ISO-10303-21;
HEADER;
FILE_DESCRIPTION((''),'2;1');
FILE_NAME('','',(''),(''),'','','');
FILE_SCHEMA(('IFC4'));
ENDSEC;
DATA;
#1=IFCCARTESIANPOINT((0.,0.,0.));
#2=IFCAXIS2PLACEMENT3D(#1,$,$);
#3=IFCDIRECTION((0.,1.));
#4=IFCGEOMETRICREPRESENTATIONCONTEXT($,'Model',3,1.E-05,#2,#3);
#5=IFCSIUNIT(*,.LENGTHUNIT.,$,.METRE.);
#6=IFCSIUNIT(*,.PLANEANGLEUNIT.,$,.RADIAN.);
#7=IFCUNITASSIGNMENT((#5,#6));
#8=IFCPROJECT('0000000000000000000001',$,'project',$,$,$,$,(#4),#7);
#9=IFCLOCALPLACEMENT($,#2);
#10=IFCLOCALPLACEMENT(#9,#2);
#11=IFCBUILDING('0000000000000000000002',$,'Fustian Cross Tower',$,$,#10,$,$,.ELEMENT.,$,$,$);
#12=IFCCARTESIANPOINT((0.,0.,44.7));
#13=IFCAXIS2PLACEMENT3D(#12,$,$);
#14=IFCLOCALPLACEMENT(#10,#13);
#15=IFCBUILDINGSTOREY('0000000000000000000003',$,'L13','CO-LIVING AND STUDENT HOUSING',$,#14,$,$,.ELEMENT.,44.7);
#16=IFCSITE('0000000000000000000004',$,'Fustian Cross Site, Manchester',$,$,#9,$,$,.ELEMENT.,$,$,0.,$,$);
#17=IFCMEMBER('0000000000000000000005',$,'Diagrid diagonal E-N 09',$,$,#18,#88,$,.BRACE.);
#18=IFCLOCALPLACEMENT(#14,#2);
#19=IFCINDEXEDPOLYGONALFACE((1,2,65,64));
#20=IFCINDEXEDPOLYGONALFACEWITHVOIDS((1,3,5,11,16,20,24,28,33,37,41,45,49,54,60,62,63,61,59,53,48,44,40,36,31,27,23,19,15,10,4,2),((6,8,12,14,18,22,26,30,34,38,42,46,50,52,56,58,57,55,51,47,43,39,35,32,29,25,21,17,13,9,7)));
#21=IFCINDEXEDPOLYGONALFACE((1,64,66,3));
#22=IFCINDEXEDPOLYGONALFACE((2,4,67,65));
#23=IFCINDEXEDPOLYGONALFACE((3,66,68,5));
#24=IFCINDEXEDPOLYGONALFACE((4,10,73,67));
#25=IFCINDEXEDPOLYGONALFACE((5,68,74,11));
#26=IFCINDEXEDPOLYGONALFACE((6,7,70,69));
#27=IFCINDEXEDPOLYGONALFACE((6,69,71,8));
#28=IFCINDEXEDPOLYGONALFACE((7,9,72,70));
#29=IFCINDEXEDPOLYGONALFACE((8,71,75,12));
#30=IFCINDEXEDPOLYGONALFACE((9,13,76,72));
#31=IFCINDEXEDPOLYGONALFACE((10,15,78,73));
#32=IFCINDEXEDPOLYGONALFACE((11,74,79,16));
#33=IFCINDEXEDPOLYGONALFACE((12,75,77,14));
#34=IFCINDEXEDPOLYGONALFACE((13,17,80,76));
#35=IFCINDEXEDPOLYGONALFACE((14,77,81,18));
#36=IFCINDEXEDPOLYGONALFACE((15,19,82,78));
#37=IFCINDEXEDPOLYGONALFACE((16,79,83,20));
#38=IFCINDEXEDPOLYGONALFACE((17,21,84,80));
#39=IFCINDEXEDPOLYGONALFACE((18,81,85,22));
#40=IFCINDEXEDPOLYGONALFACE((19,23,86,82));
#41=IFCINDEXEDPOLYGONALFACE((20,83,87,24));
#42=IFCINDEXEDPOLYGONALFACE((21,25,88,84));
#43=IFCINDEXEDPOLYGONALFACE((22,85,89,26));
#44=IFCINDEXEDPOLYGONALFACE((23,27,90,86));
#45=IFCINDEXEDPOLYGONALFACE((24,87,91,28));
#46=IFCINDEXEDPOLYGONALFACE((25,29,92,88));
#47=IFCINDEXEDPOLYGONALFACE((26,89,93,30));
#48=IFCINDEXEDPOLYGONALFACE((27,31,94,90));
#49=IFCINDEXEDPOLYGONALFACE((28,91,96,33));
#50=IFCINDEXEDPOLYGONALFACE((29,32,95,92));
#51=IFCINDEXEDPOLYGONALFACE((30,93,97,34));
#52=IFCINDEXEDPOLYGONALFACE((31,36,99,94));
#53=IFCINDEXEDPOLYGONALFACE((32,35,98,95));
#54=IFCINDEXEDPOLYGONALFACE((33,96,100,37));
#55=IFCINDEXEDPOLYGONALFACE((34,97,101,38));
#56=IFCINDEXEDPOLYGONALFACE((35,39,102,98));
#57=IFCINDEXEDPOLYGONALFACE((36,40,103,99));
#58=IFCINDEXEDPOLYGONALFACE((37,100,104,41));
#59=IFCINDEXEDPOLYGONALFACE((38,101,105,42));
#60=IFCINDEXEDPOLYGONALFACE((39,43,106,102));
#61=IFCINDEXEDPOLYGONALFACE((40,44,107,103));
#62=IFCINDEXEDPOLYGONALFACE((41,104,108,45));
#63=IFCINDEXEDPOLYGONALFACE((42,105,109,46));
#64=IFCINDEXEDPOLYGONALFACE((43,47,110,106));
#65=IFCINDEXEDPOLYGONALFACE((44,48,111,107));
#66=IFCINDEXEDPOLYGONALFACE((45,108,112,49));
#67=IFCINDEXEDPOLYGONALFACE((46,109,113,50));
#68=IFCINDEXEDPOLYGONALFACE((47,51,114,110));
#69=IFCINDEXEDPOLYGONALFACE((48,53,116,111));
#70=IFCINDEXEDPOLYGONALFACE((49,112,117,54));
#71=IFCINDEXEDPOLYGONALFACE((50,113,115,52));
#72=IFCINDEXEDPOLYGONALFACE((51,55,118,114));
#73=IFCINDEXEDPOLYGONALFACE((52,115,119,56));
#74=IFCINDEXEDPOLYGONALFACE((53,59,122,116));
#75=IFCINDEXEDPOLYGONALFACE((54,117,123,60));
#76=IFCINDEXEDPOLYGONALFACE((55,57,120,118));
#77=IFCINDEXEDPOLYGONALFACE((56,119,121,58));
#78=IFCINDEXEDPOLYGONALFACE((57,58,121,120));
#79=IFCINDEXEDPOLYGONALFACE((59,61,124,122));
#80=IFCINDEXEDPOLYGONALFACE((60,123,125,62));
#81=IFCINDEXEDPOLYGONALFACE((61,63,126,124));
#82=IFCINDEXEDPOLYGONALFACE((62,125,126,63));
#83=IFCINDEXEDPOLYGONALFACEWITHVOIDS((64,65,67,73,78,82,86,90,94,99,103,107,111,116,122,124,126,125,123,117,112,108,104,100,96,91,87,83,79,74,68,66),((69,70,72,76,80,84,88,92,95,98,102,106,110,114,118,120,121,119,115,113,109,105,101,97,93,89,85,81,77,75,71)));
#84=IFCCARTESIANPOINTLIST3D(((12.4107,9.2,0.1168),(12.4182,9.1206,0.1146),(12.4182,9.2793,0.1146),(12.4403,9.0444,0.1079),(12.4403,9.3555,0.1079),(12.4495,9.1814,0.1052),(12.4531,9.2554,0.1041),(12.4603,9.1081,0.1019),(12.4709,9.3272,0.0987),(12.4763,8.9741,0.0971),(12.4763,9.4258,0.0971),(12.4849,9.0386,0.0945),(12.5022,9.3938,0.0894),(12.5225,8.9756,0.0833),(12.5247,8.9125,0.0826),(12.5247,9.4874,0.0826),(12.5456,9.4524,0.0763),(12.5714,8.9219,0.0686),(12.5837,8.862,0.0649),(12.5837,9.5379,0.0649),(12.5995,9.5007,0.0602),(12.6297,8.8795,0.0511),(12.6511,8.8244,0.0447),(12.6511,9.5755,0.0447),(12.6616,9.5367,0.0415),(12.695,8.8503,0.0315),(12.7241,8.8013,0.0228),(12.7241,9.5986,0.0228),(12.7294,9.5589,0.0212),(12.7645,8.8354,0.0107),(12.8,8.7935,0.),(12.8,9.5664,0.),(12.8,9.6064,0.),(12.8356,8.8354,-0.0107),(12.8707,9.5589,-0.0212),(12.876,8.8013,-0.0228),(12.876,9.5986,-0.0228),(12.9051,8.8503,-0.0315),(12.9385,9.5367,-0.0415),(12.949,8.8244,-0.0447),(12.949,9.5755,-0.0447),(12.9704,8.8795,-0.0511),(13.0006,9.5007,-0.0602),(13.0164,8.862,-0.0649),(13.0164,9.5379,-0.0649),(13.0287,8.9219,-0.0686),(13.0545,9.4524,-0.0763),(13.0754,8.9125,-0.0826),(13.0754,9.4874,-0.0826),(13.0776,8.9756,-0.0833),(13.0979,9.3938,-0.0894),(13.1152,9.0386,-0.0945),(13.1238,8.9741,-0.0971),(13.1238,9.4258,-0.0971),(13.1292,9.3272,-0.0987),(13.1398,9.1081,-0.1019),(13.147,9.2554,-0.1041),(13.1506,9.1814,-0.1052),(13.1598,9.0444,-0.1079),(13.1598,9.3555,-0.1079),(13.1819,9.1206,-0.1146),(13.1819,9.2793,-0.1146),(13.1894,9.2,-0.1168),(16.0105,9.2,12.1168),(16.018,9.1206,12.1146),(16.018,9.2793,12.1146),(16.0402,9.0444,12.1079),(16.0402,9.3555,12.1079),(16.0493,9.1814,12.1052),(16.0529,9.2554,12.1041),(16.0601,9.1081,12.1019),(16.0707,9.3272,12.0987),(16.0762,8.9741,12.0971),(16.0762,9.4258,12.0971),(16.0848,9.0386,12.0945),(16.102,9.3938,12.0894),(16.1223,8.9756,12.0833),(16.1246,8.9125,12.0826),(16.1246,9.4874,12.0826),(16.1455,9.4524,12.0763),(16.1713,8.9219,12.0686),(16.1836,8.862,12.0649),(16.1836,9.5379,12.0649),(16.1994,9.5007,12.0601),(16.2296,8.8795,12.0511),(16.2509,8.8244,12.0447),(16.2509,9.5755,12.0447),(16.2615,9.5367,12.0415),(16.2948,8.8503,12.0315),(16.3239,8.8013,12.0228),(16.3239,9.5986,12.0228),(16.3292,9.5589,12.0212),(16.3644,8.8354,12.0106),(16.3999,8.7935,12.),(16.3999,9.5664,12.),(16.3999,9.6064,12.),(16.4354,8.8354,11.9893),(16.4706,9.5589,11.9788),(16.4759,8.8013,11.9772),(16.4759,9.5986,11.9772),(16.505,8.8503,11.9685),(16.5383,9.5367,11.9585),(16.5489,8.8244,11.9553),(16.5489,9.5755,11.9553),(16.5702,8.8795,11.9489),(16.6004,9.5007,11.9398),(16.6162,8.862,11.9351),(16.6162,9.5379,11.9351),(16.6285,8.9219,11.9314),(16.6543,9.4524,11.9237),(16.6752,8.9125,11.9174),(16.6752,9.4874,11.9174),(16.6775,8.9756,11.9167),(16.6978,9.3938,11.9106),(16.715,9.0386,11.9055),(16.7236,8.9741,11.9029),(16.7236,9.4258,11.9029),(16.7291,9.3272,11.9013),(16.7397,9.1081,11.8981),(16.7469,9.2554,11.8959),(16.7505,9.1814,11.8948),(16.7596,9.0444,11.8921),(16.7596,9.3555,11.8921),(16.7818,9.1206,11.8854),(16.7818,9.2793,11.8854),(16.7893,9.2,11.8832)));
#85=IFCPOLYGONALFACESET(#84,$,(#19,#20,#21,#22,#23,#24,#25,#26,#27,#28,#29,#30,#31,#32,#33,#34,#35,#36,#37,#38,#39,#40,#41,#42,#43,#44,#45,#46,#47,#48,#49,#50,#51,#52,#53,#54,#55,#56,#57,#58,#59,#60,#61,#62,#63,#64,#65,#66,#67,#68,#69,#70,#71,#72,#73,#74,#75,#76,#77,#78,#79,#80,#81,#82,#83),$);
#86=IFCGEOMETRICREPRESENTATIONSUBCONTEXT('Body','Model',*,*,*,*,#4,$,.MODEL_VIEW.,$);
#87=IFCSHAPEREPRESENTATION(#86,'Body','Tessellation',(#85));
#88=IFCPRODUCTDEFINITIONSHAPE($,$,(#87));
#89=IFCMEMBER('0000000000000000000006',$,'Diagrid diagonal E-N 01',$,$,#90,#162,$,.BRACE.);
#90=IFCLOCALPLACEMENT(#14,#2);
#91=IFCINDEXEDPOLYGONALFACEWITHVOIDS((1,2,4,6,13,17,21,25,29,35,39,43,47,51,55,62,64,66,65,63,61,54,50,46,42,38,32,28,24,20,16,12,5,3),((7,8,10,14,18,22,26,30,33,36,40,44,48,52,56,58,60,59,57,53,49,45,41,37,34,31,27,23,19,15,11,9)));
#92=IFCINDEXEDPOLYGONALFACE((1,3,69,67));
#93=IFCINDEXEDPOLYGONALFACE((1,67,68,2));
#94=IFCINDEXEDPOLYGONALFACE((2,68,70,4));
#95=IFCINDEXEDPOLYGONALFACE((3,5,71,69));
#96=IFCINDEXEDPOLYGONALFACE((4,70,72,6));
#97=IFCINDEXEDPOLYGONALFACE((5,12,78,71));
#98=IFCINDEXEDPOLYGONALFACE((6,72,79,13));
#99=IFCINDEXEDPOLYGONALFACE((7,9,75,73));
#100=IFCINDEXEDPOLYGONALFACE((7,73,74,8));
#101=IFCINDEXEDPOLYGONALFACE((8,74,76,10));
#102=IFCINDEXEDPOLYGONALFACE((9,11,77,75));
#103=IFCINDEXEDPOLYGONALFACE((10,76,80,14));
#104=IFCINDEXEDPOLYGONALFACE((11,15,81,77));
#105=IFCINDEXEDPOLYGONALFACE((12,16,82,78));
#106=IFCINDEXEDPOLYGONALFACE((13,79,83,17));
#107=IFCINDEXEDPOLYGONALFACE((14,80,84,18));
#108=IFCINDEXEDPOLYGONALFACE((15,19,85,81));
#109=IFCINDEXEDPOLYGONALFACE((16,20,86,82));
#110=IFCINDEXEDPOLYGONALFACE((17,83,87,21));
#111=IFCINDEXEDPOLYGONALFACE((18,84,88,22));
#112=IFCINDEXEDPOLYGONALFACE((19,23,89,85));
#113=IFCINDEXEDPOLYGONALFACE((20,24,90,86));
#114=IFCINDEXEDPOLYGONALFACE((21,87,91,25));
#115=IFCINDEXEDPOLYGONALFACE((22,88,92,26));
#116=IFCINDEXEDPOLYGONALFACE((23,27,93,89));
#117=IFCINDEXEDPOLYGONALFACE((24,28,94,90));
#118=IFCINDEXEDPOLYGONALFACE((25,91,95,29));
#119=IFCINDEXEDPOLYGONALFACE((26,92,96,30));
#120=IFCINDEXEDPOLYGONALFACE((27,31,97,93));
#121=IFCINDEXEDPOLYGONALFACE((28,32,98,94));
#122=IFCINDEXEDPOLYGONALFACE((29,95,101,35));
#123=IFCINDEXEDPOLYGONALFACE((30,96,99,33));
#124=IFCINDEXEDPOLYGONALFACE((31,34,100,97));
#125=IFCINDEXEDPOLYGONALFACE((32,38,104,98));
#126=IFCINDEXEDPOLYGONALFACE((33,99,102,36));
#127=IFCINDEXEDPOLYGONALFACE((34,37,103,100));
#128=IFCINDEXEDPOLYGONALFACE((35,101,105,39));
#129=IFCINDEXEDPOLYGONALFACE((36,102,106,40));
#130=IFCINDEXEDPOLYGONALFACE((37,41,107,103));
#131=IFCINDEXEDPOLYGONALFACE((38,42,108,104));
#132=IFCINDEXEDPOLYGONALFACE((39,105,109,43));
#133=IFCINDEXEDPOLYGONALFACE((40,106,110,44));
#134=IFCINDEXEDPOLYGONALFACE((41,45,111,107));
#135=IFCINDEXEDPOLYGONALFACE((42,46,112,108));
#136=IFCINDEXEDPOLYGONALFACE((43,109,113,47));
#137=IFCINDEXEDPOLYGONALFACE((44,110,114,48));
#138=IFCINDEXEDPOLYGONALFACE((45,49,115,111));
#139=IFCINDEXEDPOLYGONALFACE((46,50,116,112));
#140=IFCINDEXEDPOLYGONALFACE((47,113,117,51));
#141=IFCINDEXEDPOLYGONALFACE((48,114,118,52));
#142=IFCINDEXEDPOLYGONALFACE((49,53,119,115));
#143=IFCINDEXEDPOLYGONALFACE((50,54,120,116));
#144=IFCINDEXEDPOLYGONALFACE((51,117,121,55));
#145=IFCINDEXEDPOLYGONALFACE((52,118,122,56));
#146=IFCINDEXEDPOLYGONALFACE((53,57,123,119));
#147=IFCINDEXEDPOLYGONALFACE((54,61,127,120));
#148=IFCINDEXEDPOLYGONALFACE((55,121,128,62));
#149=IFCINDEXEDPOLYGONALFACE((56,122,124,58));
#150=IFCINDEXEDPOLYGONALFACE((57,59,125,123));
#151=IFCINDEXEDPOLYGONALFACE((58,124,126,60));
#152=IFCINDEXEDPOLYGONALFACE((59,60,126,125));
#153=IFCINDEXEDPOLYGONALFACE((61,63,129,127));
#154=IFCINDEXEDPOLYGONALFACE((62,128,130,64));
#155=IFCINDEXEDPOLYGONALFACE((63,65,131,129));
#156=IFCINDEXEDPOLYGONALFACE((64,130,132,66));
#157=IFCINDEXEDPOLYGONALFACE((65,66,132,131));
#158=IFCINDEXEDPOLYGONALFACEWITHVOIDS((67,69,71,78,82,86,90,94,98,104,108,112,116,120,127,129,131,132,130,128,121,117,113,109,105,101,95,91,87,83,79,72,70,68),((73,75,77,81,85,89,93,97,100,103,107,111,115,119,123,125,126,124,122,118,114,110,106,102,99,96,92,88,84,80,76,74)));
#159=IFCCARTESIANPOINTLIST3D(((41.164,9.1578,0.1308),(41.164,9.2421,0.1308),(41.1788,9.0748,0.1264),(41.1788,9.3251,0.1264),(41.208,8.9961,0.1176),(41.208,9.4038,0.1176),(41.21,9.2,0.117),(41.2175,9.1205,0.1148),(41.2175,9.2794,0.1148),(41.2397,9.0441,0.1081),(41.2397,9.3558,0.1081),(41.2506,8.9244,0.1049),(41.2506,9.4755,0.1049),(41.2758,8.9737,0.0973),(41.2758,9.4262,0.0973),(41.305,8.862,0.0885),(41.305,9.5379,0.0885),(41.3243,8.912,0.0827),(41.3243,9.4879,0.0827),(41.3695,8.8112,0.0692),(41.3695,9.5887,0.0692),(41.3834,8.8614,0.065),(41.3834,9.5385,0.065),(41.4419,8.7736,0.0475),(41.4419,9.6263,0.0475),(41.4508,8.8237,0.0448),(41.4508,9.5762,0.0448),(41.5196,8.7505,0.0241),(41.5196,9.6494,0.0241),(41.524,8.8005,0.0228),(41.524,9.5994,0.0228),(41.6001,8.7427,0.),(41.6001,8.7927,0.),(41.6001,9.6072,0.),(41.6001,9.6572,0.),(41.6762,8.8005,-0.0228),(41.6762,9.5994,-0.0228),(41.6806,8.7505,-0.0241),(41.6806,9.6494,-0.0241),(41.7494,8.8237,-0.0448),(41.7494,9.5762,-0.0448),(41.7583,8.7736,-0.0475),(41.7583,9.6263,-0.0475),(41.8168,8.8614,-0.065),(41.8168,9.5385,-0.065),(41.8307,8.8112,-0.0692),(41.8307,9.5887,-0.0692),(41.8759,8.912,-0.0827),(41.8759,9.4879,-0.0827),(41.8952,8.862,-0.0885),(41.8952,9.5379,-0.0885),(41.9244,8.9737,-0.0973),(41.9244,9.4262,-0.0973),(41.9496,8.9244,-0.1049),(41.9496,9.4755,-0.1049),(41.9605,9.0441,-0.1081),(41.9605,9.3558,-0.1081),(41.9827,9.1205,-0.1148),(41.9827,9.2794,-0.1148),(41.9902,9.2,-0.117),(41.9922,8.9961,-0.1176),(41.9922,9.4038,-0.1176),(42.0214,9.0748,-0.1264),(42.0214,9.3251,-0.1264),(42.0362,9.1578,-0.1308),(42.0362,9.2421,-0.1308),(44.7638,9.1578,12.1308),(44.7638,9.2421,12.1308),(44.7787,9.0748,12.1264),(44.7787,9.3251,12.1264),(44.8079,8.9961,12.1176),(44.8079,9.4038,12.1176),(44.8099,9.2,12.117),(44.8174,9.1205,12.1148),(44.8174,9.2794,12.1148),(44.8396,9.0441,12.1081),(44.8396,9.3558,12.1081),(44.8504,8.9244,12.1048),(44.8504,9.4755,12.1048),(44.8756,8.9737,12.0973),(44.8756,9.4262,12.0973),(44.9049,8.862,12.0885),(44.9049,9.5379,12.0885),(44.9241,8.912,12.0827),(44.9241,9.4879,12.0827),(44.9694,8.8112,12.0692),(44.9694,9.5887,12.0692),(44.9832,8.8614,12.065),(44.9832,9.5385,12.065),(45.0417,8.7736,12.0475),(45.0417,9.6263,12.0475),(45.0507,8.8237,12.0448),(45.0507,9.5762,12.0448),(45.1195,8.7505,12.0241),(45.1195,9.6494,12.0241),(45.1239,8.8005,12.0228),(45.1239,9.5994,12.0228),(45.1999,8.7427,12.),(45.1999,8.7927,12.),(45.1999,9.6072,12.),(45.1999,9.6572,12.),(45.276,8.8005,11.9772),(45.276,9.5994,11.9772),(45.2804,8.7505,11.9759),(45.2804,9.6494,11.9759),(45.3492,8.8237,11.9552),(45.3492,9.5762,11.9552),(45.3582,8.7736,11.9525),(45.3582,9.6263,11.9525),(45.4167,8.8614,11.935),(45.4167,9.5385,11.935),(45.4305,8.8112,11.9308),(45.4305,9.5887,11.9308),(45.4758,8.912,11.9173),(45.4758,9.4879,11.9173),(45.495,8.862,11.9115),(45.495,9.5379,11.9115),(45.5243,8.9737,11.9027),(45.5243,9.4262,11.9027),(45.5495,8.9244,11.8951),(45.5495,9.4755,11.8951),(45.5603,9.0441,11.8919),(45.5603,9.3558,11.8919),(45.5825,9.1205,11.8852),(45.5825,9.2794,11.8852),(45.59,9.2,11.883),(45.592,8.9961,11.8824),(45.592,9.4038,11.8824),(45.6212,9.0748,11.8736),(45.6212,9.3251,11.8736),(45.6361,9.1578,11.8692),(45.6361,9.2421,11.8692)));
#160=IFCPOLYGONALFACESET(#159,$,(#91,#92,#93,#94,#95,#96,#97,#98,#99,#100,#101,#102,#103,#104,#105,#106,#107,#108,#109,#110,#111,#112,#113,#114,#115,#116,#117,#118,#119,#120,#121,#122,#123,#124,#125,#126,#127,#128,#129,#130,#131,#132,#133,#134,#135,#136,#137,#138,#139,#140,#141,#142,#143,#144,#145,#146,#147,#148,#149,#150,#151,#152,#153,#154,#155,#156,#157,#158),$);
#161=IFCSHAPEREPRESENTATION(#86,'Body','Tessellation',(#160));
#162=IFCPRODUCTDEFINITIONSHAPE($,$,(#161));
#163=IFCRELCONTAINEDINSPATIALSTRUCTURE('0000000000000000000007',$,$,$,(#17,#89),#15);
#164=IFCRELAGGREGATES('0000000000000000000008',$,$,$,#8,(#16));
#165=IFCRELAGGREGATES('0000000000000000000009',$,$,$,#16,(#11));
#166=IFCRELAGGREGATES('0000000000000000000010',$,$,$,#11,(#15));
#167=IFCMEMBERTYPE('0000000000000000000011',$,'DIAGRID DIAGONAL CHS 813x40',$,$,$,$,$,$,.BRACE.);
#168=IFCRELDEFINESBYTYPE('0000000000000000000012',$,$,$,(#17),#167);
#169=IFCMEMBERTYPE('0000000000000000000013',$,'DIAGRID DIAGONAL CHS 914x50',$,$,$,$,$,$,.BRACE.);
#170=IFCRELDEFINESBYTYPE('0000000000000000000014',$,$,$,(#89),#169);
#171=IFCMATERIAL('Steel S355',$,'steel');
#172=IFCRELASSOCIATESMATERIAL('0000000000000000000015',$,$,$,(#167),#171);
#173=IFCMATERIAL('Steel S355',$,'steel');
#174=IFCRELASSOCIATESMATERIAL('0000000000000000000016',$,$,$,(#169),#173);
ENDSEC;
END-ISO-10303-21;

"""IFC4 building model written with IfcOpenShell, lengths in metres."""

from ifc_helpers import new_model, si_unit, direction, frame, origin, origin_2d, place, context, subcontext, project, spatial, hollow_circle, extrude, material, material_profile, profile_set, type_object, element, save


model = new_model("IFC4")

# Units and contexts
model_context = context("Model", 3, precision=1e-05, world=origin(), true_north=direction((0.0, 1.0)))
body_context = subcontext(model_context, "Body", "Model", "MODEL_VIEW")
ifc_project = project(units=[si_unit("LENGTHUNIT", "METRE"), si_unit("PLANEANGLEUNIT", "RADIAN")], contexts=[model_context])

# Site, building, storey
site_placement = place(None, origin())
site = spatial("IfcSite", under=ifc_project, at=site_placement, Name="Fustian Cross Site, Manchester", CompositionType="ELEMENT", RefElevation=0.0)
building_placement = place(site_placement, origin())
building = spatial("IfcBuilding", under=site, at=building_placement, Name="Fustian Cross Tower", CompositionType="ELEMENT")
storey_placement = place(building_placement, frame((0.0, 0.0, 44.7)))
storey = spatial("IfcBuildingStorey", under=building, at=storey_placement, Name="L13", Description="CO-LIVING AND STUDENT HOUSING", CompositionType="ELEMENT", Elevation=44.7)

# Members
ifc_material_1 = material(Name="Steel S355", Category="steel")
ifc_material_profile_1 = material_profile(ifc_material_1, hollow_circle(Radius=0.4065, WallThickness=0.04, at=origin_2d()), Name="CHS 813x40")
ifc_profile_set_1 = profile_set([ifc_material_profile_1], Name="Steel S355")
member_type_1 = type_object("IfcMemberType", Name="DIAGRID DIAGONAL CHS 813x40", PredefinedType="BRACE", material=ifc_profile_set_1)
for number, where, z_axis, x_axis, name in (
    (1, (12.8, 9.2, 0.0), (0.287337, 0.0, 0.95783), (0.0, 1.0, 0.0), "Diagrid diagonal E-N 09"),
):
    element("IfcMember", number, at=place(storey_placement, frame(where, z_axis=z_axis, x_axis=x_axis)), inside=storey, type_object=member_type_1, Name=name, PredefinedType="BRACE", context=body_context, shape_type="SweptSolid", body=[
        extrude(hollow_circle(Radius=0.4065, WallThickness=0.04, at=origin_2d()), origin(), (0.0, 0.0, 1.0), 12.5283),
    ])
ifc_material_2 = material(Name="Steel S355", Category="steel")
ifc_material_profile_2 = material_profile(ifc_material_2, hollow_circle(Radius=0.4573, WallThickness=0.05, at=origin_2d()), Name="CHS 914x50")
ifc_profile_set_2 = profile_set([ifc_material_profile_2], Name="Steel S355")
member_type_2 = type_object("IfcMemberType", Name="DIAGRID DIAGONAL CHS 914x50", PredefinedType="BRACE", material=ifc_profile_set_2)
for number, where, z_axis, x_axis, name in (
    (2, (41.6001, 9.2, 0.0), (0.287337, 0.0, 0.95783), (0.0, 1.0, 0.0), "Diagrid diagonal E-N 01"),
):
    element("IfcMember", number, at=place(storey_placement, frame(where, z_axis=z_axis, x_axis=x_axis)), inside=storey, type_object=member_type_2, Name=name, PredefinedType="BRACE", context=body_context, shape_type="SweptSolid", body=[
        extrude(hollow_circle(Radius=0.4573, WallThickness=0.05, at=origin_2d()), origin(), (0.0, 0.0, 1.0), 12.5283),
    ])

save(model, "model.ifc")
